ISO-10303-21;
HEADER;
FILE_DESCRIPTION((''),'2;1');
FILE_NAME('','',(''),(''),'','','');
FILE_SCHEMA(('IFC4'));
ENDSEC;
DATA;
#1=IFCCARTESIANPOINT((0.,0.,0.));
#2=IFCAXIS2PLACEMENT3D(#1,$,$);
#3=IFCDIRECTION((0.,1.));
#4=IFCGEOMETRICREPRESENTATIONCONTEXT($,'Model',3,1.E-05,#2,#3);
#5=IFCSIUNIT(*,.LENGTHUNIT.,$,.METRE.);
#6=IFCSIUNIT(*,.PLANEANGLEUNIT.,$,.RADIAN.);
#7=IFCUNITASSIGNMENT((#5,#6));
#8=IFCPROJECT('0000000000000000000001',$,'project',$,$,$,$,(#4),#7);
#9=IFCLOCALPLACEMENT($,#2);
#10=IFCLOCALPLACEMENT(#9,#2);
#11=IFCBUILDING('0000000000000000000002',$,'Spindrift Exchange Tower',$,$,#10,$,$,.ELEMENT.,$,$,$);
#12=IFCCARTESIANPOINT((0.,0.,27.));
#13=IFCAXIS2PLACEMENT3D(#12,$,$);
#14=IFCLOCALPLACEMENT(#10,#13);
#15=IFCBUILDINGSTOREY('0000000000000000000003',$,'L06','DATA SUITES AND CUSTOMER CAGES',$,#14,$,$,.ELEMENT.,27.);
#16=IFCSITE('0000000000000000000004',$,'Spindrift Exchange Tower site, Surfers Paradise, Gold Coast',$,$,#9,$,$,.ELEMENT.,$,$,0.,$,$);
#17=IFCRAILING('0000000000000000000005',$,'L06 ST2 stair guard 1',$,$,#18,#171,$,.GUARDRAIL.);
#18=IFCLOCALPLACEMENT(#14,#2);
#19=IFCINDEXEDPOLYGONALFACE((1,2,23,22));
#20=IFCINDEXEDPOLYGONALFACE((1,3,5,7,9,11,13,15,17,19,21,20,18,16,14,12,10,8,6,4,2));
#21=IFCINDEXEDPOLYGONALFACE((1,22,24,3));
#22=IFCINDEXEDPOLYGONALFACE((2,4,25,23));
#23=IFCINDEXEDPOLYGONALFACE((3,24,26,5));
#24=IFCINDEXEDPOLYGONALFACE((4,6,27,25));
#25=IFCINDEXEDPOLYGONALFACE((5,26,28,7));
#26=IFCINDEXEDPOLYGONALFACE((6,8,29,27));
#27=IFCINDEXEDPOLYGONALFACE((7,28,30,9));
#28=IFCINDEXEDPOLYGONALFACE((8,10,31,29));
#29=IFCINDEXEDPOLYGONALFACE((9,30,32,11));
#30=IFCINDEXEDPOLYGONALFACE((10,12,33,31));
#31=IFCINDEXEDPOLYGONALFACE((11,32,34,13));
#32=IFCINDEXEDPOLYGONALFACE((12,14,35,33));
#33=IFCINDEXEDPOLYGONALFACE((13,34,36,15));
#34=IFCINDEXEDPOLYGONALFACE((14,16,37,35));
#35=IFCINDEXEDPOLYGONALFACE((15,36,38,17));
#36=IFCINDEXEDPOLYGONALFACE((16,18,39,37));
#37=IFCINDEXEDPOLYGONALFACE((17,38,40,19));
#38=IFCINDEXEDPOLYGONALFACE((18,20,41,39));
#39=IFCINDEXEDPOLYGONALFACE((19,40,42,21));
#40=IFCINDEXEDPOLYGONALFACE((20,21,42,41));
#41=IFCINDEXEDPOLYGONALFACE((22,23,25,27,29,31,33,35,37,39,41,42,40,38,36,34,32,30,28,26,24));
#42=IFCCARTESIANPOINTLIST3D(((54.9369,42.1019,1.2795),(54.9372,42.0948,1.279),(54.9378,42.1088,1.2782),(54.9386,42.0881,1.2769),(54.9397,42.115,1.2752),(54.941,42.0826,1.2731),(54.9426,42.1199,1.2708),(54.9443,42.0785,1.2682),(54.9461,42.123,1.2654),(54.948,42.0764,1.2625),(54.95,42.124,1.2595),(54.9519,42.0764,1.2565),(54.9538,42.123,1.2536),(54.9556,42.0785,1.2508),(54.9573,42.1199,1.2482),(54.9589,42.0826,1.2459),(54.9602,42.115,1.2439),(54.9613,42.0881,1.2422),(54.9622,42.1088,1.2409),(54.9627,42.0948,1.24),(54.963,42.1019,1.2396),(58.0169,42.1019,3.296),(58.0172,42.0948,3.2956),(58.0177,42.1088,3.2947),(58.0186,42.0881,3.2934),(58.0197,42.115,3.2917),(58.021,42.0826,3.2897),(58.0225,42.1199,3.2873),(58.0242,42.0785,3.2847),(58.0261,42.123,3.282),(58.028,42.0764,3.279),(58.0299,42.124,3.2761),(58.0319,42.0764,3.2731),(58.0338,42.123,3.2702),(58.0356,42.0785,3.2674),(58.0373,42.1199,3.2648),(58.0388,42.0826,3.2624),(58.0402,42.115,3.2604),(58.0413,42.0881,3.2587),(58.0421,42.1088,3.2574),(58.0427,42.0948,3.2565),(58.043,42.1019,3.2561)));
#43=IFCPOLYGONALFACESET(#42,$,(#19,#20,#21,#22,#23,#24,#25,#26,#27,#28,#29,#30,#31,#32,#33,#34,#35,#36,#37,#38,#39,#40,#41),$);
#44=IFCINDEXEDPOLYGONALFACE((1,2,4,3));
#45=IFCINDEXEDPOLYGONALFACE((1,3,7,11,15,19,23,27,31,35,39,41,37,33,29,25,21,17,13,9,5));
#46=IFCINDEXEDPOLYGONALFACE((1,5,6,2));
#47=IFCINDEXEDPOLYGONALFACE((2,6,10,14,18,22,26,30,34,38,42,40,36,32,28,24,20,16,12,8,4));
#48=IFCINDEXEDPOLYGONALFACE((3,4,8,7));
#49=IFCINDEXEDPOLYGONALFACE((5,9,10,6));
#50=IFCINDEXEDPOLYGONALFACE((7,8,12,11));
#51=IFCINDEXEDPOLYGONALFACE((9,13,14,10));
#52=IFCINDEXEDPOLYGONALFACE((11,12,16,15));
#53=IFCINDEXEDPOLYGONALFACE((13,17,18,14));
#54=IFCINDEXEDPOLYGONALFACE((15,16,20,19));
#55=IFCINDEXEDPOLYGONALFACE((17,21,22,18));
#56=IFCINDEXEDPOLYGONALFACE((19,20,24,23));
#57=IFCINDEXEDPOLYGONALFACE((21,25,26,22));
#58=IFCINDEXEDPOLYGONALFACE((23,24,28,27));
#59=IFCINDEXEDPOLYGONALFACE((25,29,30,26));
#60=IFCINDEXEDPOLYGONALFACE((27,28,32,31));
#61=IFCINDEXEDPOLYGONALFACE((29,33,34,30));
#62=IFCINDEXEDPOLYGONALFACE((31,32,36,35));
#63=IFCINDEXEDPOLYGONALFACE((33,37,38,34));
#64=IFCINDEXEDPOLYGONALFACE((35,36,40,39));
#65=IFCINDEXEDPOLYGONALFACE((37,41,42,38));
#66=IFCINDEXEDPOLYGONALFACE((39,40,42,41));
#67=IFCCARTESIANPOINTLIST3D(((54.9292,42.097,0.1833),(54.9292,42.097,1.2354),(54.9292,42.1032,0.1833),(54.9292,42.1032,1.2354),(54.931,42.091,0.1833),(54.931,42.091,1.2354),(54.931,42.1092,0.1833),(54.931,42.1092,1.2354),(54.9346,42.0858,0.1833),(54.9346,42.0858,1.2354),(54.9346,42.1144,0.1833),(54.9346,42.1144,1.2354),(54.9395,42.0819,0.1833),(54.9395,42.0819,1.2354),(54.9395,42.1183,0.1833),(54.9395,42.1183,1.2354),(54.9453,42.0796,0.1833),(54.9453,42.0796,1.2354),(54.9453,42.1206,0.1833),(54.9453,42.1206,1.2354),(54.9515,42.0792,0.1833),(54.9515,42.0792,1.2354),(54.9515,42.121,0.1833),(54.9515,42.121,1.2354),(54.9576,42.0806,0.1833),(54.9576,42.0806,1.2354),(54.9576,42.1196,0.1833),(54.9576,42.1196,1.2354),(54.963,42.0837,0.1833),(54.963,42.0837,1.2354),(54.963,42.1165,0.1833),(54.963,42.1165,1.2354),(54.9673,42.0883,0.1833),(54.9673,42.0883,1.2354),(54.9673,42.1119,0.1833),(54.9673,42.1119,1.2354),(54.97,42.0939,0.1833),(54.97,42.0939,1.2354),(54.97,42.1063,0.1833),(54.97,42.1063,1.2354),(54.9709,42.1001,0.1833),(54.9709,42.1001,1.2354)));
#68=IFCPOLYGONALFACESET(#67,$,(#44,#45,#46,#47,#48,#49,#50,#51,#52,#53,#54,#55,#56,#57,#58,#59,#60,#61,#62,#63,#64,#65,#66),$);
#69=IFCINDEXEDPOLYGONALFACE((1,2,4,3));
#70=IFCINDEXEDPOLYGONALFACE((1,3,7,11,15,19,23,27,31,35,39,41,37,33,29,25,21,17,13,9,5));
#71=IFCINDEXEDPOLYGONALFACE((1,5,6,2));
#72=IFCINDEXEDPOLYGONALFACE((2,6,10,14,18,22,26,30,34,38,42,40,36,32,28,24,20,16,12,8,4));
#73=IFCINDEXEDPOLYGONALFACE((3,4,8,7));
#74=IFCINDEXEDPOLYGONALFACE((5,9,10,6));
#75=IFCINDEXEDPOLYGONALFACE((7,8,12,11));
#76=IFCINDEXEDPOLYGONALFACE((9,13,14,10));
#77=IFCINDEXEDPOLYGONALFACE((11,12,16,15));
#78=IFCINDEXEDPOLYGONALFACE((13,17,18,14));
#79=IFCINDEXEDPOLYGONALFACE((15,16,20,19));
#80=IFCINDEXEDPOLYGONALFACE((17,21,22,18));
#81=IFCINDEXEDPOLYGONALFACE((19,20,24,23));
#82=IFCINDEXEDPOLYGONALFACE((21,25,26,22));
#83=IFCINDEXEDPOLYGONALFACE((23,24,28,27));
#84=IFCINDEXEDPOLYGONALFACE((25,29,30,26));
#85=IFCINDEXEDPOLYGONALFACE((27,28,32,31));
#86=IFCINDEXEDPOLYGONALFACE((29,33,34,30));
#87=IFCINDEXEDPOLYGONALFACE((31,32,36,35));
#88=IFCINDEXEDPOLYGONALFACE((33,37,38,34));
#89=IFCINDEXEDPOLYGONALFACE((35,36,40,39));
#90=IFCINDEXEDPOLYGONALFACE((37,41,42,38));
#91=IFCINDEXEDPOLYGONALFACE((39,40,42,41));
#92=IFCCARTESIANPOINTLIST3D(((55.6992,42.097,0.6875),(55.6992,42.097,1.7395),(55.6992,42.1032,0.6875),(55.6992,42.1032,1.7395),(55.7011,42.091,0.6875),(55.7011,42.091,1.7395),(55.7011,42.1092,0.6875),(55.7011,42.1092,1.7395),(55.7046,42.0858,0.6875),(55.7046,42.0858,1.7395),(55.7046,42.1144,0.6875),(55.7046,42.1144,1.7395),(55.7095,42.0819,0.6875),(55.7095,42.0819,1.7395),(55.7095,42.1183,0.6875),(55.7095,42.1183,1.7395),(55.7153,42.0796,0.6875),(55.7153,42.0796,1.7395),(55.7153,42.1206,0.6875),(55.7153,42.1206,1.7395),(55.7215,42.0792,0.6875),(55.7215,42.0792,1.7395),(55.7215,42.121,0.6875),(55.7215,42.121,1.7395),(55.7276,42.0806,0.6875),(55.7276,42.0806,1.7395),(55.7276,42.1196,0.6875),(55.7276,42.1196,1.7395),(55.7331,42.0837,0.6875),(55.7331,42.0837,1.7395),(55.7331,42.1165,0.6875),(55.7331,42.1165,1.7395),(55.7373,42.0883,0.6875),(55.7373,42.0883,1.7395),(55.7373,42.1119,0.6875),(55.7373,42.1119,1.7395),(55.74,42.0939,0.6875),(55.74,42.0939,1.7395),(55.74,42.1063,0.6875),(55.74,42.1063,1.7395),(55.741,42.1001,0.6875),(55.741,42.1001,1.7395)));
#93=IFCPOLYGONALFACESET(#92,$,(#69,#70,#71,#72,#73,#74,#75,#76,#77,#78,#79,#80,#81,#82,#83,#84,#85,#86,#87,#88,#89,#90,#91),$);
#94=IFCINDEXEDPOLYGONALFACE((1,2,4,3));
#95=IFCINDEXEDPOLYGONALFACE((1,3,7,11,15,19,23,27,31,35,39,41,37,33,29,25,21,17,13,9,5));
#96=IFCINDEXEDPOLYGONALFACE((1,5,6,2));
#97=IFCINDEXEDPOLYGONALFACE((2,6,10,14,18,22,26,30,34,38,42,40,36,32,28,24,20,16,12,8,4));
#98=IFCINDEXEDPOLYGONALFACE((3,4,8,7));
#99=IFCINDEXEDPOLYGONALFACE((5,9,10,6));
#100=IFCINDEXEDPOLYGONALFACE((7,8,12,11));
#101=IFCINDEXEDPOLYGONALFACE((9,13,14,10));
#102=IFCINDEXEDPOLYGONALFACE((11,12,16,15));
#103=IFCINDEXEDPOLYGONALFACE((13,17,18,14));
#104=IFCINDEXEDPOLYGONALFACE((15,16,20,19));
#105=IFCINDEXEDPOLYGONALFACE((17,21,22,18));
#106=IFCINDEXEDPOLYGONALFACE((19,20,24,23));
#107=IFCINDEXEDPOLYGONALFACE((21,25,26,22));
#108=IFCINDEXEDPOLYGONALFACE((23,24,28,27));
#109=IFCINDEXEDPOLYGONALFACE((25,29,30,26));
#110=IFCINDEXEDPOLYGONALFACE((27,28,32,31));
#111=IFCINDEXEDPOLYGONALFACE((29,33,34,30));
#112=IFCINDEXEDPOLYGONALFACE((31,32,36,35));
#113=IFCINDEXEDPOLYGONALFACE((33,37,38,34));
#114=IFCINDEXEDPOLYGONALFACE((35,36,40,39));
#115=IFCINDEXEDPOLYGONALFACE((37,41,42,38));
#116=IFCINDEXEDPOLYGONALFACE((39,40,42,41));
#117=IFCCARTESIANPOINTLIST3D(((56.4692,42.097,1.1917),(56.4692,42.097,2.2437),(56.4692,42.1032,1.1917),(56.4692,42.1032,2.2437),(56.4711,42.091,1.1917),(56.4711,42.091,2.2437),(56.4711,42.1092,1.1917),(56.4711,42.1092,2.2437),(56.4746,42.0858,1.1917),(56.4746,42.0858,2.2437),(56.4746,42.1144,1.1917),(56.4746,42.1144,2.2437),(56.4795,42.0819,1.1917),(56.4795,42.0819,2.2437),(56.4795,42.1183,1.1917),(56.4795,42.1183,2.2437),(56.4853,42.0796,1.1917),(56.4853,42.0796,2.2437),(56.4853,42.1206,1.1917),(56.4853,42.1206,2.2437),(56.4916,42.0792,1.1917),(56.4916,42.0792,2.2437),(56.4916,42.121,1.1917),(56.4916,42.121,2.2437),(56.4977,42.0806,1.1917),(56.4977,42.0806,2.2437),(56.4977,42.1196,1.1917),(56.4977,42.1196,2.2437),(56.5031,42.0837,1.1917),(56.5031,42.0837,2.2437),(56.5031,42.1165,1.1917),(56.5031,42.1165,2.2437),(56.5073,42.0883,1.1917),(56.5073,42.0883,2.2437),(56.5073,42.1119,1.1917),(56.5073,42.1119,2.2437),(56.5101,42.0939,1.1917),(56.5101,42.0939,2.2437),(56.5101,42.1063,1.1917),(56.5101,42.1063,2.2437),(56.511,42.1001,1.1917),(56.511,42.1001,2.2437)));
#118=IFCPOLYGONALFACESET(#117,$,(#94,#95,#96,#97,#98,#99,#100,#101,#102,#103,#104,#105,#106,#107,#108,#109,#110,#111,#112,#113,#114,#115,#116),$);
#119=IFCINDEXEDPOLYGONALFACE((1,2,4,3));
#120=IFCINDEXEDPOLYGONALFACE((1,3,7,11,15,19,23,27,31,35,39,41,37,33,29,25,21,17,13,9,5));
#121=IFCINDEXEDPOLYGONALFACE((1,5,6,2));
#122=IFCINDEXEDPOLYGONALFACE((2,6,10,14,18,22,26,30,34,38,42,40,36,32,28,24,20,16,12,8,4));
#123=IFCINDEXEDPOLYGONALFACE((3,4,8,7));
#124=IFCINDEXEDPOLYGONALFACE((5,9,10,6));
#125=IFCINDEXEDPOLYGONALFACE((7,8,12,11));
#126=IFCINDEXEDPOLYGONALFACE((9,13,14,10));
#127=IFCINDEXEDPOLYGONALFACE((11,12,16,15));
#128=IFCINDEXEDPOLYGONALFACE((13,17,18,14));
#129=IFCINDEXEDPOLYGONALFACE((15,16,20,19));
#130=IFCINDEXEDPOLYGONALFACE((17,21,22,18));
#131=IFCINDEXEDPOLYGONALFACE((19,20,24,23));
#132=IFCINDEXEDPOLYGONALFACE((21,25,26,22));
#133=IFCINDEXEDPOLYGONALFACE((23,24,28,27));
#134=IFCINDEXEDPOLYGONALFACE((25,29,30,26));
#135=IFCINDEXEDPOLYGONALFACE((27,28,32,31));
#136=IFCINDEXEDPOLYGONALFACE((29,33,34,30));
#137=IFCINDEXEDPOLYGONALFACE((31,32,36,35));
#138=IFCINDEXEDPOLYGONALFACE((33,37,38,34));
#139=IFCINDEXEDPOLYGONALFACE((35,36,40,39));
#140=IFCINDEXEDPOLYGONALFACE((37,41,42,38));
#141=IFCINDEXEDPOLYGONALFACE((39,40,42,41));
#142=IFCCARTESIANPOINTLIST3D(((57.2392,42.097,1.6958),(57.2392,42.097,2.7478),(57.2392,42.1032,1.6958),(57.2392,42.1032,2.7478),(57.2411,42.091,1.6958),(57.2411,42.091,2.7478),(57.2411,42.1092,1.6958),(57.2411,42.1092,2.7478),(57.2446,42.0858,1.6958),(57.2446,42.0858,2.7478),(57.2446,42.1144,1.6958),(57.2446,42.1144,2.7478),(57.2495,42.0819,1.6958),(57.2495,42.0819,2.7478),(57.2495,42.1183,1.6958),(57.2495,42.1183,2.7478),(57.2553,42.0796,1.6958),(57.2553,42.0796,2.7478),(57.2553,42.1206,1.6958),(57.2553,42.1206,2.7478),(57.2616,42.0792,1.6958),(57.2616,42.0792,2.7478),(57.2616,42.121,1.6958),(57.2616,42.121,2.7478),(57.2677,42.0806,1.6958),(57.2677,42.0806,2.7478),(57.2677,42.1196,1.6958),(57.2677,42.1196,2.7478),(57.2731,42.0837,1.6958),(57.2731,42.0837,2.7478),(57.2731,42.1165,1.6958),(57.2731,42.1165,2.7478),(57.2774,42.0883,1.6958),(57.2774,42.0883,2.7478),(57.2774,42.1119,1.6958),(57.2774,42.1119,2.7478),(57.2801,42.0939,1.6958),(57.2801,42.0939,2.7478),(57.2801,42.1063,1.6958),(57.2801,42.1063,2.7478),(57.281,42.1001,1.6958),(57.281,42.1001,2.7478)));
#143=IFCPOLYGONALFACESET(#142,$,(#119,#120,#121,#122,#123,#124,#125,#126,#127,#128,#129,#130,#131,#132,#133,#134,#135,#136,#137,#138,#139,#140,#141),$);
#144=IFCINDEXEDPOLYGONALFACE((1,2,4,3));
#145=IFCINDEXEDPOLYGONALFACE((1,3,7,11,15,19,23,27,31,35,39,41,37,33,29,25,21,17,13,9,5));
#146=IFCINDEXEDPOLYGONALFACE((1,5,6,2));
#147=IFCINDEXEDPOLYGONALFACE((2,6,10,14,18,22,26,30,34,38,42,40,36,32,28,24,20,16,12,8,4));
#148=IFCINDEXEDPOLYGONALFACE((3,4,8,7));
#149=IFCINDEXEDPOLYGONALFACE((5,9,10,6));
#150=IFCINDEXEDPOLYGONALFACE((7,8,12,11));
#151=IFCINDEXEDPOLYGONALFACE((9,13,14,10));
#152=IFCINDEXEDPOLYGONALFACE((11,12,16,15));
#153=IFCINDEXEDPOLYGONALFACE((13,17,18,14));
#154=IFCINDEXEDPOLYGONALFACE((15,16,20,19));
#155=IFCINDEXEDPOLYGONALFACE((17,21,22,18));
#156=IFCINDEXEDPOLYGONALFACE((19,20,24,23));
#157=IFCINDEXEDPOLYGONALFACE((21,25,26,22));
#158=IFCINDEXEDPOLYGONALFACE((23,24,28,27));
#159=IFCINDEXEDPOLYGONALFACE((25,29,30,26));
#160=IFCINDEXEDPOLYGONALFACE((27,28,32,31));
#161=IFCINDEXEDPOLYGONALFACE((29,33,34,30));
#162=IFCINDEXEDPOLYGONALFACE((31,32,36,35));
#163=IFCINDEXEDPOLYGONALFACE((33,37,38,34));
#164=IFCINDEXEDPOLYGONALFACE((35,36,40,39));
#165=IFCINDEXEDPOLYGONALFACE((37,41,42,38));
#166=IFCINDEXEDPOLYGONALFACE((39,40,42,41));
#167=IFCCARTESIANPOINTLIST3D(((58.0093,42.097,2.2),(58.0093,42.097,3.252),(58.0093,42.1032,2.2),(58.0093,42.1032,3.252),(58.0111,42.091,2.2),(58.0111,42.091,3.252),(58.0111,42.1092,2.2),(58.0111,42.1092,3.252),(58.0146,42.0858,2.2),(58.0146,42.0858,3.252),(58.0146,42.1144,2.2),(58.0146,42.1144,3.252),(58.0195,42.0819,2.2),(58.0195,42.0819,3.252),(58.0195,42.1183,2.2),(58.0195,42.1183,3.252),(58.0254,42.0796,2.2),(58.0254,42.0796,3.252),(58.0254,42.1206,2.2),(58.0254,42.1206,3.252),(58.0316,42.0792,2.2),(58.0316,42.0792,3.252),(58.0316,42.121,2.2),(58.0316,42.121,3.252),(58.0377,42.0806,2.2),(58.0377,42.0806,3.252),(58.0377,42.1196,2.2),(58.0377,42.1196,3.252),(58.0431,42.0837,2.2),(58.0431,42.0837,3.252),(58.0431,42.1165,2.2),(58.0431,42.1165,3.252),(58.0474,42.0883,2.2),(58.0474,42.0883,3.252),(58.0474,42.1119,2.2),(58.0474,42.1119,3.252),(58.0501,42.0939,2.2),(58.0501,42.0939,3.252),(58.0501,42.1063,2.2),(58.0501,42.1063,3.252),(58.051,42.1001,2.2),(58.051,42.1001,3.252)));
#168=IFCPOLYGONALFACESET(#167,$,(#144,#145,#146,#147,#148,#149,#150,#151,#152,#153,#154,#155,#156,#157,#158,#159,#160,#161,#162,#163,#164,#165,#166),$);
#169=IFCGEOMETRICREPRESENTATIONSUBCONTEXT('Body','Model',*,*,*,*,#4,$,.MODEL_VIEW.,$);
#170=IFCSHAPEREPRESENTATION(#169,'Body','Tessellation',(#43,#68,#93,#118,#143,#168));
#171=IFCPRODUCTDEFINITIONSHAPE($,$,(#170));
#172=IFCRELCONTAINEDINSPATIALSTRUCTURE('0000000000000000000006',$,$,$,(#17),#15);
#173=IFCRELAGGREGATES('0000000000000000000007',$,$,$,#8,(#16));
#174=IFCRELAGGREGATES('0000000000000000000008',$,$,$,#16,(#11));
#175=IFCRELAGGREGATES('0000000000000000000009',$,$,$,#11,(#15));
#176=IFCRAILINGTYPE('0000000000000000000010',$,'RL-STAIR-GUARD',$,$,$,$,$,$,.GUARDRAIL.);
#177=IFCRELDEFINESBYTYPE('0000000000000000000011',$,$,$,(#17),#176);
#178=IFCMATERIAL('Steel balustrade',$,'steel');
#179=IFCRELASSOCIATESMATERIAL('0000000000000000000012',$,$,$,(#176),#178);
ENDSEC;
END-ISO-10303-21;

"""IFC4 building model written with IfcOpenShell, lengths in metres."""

from ifc_helpers import new_model, si_unit, direction, frame, origin, origin_2d, place, context, subcontext, project, spatial, circle, extrude, material, type_object, element, save


model = new_model("IFC4")

# Units and contexts
model_context = context("Model", 3, precision=1e-05, world=origin(), true_north=direction((0.0, 1.0)))
body_context = subcontext(model_context, "Body", "Model", "MODEL_VIEW")
ifc_project = project(units=[si_unit("LENGTHUNIT", "METRE"), si_unit("PLANEANGLEUNIT", "RADIAN")], contexts=[model_context])

# Site, building, storey
site_placement = place(None, origin())
site = spatial("IfcSite", under=ifc_project, at=site_placement, Name="Spindrift Exchange Tower site, Surfers Paradise, Gold Coast", CompositionType="ELEMENT", RefElevation=0.0)
building_placement = place(site_placement, origin())
building = spatial("IfcBuilding", under=site, at=building_placement, Name="Spindrift Exchange Tower", CompositionType="ELEMENT")
storey_placement = place(building_placement, frame((0.0, 0.0, 27.0)))
storey = spatial("IfcBuildingStorey", under=building, at=storey_placement, Name="L06", Description="DATA SUITES AND CUSTOMER CAGES", CompositionType="ELEMENT", Elevation=27.0)

# Railing
ifc_material_1 = material(Name="Steel balustrade", Category="steel")
railing_type_1 = type_object("IfcRailingType", Name="RL-STAIR-GUARD", PredefinedType="GUARDRAIL", material=ifc_material_1)
railing_1_placement = place(storey_placement, frame((54.95, 42.1001, 0.1833)))
element("IfcRailing", 1, at=railing_1_placement, inside=storey, type_object=railing_type_1, Name="L06 ST2 stair guard 1", PredefinedType="GUARDRAIL", context=body_context, shape_type="SweptSolid", body=[
    extrude(circle(Radius=0.0239, at=origin_2d()), frame((0.0, 0.0, 1.0762), z_axis=(0.836633, 0.0, 0.547764), x_axis=(0.0, 1.0, 0.0)), (0.0, 0.0, 1.0), 3.6814),
    extrude(circle(Radius=0.021, at=origin_2d()), origin(), (0.0, 0.0, 1.0), 1.052),
    extrude(circle(Radius=0.021, at=origin_2d()), frame((0.77, 0.0, 0.5042)), (0.0, 0.0, 1.0), 1.052),
    extrude(circle(Radius=0.021, at=origin_2d()), frame((1.54, 0.0, 1.0083)), (0.0, 0.0, 1.0), 1.052),
    extrude(circle(Radius=0.021, at=origin_2d()), frame((2.3101, 0.0, 1.5125)), (0.0, 0.0, 1.0), 1.052),
    extrude(circle(Radius=0.021, at=origin_2d()), frame((3.0801, 0.0, 2.0166)), (0.0, 0.0, 1.0), 1.052),
])

save(model, "model.ifc")
